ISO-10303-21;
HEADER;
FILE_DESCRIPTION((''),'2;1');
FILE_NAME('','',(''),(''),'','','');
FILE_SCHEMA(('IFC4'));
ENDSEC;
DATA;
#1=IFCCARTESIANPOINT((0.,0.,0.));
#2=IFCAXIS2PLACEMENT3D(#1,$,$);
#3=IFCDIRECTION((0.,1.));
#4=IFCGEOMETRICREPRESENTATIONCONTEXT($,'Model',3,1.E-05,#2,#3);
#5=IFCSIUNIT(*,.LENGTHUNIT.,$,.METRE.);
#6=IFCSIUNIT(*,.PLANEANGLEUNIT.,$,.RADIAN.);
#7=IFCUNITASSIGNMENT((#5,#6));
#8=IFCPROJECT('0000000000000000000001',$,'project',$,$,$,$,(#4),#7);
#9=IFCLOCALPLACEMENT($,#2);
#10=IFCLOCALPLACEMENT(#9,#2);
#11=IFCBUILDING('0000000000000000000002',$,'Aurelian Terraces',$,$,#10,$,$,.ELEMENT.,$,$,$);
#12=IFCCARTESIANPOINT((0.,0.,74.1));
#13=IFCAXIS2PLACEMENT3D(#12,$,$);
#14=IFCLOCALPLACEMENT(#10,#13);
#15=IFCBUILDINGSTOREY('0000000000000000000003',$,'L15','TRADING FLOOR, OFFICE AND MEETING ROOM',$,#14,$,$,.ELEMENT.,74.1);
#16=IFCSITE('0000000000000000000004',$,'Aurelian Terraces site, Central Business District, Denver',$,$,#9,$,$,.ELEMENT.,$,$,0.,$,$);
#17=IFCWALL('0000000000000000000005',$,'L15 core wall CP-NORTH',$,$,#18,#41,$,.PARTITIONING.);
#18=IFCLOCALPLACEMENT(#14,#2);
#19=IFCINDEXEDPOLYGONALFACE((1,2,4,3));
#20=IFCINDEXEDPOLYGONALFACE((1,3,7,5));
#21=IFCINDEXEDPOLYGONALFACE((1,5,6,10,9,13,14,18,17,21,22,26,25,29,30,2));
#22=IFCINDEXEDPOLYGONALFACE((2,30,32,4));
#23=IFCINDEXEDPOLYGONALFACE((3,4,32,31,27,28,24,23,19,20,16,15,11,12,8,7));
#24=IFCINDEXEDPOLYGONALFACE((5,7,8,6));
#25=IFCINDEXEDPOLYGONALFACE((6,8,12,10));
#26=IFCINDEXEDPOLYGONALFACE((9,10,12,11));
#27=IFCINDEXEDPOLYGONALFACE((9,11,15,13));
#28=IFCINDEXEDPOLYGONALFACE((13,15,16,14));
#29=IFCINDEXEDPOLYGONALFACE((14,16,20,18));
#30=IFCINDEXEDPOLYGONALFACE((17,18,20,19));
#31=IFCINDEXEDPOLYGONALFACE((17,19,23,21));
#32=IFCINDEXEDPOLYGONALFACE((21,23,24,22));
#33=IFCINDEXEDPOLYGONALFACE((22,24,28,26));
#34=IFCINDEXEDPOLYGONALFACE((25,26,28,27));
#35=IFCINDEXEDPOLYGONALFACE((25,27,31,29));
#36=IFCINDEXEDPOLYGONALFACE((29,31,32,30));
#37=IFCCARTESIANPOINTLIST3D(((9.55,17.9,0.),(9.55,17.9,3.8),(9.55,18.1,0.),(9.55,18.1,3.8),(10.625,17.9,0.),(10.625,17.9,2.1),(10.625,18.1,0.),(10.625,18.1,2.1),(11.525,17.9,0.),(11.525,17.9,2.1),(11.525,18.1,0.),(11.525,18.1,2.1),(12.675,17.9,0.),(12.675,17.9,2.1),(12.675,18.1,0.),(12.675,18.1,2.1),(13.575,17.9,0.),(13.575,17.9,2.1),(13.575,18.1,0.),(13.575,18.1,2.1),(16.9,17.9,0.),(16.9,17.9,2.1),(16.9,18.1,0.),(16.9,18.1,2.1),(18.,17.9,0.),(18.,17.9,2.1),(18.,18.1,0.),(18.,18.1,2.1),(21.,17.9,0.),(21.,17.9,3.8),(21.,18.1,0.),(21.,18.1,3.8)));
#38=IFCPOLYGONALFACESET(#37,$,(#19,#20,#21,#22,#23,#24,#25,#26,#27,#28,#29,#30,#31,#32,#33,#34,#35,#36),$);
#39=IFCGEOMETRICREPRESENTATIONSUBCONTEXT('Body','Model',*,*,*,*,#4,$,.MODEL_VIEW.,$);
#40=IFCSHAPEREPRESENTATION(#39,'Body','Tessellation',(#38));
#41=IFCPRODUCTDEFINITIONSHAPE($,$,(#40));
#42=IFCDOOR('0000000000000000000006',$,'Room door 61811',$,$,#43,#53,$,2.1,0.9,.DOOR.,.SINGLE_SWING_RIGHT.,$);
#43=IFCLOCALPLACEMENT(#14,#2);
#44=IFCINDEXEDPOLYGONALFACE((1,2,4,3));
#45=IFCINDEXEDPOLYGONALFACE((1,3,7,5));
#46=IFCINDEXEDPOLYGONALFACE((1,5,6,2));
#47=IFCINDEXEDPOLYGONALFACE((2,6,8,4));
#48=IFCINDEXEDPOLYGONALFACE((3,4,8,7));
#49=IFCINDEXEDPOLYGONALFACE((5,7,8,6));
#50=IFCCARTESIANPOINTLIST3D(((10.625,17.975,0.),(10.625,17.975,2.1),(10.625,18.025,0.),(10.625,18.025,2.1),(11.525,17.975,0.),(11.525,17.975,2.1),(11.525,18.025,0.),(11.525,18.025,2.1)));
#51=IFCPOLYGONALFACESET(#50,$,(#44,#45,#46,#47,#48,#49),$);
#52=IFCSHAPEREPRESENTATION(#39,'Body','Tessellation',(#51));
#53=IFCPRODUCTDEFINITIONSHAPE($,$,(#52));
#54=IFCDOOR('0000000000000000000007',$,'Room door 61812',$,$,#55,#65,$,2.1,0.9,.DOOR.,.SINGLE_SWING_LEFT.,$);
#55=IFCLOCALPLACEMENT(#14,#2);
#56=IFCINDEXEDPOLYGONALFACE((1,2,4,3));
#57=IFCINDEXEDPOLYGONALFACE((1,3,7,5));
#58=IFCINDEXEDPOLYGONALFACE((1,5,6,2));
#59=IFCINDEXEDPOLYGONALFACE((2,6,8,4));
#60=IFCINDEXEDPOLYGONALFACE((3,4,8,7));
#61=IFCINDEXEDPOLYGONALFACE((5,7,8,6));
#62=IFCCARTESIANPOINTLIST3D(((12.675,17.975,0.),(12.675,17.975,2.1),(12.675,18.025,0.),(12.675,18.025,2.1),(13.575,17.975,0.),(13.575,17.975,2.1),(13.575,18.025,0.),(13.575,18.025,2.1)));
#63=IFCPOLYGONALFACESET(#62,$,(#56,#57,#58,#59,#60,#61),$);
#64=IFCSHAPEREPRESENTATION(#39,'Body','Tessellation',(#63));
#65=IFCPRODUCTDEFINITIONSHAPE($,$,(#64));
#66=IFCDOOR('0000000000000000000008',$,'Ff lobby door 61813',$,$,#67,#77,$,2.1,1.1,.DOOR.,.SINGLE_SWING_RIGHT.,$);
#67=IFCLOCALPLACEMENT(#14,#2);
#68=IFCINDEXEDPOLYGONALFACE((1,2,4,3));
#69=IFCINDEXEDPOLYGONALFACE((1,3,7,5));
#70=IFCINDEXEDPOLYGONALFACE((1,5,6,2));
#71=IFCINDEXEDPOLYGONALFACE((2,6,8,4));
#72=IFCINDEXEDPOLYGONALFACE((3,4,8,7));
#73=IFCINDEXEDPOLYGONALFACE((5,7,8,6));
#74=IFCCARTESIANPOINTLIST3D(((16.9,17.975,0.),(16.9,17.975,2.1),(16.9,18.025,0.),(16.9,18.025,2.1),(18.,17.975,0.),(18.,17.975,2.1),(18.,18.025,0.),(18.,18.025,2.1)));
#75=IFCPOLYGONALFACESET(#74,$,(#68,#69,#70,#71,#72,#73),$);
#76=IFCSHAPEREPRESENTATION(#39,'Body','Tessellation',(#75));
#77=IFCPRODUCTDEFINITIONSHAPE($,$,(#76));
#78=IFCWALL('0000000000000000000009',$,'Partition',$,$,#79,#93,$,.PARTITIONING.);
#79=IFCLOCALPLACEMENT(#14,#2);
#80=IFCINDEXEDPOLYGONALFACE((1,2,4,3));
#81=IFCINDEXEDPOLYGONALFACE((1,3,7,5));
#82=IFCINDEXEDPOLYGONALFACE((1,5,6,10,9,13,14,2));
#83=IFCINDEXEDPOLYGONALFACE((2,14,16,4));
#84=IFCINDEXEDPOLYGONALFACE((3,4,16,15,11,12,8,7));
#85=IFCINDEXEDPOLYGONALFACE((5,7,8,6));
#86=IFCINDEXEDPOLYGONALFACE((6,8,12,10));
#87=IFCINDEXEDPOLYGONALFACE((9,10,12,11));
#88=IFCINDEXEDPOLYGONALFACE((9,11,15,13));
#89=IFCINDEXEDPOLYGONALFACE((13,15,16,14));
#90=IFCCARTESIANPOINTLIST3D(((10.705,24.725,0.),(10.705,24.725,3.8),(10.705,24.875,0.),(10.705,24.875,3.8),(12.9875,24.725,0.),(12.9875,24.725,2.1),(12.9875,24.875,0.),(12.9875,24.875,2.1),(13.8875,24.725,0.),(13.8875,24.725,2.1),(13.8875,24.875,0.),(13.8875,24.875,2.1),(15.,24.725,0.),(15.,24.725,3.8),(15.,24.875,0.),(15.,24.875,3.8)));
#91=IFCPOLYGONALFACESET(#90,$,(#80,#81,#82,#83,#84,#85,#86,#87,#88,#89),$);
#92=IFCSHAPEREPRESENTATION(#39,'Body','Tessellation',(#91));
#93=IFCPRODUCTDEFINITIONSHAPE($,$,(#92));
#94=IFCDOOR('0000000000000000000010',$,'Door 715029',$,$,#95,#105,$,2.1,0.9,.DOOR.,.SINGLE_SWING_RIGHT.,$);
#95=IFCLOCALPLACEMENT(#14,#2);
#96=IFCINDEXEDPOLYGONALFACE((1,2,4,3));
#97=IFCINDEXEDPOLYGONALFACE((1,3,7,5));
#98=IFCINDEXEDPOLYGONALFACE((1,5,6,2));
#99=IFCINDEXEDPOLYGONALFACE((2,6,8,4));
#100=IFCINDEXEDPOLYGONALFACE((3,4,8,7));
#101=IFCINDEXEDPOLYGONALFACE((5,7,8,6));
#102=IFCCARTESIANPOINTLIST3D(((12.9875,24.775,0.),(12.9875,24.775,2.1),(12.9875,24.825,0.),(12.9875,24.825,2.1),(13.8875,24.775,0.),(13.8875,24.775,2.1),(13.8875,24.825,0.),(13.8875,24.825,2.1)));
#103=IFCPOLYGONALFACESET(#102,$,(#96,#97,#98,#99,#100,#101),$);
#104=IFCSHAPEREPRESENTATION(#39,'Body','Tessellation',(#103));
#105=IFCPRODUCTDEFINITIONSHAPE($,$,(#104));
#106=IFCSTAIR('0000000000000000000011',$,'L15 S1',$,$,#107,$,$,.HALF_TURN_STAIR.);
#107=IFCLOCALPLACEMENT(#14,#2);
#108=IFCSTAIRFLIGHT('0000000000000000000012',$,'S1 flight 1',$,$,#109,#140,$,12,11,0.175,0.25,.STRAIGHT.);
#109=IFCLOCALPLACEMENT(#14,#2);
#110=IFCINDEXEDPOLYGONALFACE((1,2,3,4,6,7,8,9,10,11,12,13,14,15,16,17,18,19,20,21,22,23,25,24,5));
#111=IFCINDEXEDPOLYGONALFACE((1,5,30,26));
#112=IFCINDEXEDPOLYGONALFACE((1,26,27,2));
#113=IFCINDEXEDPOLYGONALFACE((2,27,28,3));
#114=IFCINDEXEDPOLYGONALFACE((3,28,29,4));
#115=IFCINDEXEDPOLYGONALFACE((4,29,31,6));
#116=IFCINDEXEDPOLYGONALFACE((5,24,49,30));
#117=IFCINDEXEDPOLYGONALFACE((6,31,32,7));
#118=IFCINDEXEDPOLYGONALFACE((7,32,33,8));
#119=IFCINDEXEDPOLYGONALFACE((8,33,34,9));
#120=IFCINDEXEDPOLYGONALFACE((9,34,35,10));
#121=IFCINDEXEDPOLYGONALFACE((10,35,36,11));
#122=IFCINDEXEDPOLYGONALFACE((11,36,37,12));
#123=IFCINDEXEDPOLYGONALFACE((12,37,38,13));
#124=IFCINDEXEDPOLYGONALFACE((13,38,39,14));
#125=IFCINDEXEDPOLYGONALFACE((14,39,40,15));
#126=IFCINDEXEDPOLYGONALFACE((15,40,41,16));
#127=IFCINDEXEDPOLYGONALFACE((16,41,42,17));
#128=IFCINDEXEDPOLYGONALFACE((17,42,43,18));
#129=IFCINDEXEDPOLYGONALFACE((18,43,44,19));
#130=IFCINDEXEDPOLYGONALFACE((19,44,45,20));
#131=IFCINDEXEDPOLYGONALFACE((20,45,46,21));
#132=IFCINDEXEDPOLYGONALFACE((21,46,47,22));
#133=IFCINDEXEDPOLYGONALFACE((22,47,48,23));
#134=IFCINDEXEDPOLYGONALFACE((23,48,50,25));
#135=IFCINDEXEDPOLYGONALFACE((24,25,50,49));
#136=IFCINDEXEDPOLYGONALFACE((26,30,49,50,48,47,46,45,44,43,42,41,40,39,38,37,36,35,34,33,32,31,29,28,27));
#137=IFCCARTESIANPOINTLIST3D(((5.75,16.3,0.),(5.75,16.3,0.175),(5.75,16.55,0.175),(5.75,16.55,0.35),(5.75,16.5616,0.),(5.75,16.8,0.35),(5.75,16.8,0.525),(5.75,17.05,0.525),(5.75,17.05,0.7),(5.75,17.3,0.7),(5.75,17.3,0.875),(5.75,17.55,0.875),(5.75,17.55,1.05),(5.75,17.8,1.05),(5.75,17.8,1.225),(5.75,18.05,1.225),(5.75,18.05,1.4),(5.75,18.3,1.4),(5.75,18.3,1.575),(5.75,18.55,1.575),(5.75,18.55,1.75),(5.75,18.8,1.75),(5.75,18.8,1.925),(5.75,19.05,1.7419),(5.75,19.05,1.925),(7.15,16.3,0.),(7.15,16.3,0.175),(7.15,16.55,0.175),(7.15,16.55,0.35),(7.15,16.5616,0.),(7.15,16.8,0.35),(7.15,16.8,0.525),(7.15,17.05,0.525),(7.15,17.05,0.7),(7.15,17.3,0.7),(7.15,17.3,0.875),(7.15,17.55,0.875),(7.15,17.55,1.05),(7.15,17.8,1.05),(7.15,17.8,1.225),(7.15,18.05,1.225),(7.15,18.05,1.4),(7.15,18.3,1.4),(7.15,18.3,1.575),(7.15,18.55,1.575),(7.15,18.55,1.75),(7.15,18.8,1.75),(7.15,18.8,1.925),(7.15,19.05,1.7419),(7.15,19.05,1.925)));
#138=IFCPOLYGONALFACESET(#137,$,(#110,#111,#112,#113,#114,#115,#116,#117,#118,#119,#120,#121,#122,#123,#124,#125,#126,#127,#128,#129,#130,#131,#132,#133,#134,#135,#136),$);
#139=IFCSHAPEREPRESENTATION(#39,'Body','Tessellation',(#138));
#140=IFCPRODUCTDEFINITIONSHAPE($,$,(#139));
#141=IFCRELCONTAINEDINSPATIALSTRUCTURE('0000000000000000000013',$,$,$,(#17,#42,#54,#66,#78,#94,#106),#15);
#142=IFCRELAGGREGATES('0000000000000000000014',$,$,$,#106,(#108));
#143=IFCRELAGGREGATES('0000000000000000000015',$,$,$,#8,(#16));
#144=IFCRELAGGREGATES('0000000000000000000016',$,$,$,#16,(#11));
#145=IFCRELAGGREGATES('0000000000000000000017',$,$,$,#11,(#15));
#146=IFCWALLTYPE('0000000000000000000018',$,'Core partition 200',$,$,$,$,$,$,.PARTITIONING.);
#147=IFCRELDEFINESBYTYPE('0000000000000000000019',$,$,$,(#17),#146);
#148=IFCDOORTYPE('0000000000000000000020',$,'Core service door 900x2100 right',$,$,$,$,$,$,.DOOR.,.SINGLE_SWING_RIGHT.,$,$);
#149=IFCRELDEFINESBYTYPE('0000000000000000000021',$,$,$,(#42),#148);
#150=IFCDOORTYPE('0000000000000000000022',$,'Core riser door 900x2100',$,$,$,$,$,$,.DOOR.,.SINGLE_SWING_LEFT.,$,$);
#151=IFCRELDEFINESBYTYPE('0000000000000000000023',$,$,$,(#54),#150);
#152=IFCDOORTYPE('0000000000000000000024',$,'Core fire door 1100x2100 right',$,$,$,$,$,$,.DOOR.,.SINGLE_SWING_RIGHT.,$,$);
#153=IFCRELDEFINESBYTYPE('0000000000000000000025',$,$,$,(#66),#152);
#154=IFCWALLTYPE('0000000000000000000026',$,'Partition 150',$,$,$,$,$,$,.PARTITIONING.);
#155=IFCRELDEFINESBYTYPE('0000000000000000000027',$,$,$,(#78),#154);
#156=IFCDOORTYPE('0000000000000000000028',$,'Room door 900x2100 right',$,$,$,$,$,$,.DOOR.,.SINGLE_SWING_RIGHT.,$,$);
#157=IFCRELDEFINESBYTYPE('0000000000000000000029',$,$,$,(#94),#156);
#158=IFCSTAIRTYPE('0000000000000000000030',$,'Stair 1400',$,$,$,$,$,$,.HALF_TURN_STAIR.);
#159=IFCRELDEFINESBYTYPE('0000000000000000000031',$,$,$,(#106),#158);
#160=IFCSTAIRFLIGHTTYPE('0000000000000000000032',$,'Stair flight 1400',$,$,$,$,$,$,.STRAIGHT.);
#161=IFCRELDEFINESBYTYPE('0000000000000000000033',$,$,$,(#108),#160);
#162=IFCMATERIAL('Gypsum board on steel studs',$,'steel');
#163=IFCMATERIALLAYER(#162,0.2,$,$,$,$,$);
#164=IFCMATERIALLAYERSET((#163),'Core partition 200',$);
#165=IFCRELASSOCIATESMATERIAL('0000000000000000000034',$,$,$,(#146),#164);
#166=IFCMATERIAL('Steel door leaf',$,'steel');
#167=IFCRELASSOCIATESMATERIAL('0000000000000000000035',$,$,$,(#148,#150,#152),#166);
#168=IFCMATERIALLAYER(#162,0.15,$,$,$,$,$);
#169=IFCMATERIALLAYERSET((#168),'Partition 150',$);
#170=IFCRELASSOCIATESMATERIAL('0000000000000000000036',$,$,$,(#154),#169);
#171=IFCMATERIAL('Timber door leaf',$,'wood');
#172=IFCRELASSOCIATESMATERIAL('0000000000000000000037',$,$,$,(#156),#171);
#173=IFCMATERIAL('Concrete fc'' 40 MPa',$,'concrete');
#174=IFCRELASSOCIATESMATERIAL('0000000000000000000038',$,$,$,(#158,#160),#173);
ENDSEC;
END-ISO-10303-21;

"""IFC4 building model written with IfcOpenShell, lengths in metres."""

from ifc_helpers import new_model, si_unit, direction, frame, frame_2d, origin, place, context, subcontext, project, spatial, polyline, rectangle, outline, extrude, source, transform, mapped, material, layer, layer_set, type_object, element, fill, aggregate, save


model = new_model("IFC4")

# Units and contexts
model_context = context("Model", 3, precision=1e-05, world=origin(), true_north=direction((0.0, 1.0)))
body_context = subcontext(model_context, "Body", "Model", "MODEL_VIEW")
ifc_project = project(units=[si_unit("LENGTHUNIT", "METRE"), si_unit("PLANEANGLEUNIT", "RADIAN")], contexts=[model_context])

# Site, building, storey
site_placement = place(None, origin())
site = spatial("IfcSite", under=ifc_project, at=site_placement, Name="Aurelian Terraces site, Central Business District, Denver", CompositionType="ELEMENT", RefElevation=0.0)
building_placement = place(site_placement, origin())
building = spatial("IfcBuilding", under=site, at=building_placement, Name="Aurelian Terraces", CompositionType="ELEMENT")
storey_placement = place(building_placement, frame((0.0, 0.0, 74.1)))
storey = spatial("IfcBuildingStorey", under=building, at=storey_placement, Name="L15", Description="TRADING FLOOR, OFFICE AND MEETING ROOM", CompositionType="ELEMENT", Elevation=74.1)

# Shared definitions
ifc_material_1 = material(Name="Concrete fc' 40 MPa", Category="concrete")
ifc_material_2 = material(Name="Gypsum board on steel studs", Category="steel")
ifc_layer_1 = layer(ifc_material_2, 0.2)
ifc_layer_set_1 = layer_set([ifc_layer_1], Name="Core partition 200")
wall_type_1 = type_object("IfcWallType", Name="Core partition 200", PredefinedType="PARTITIONING", material=ifc_layer_set_1)

# Shared definitions
ifc_material_3 = material(Name="Steel door leaf", Category="steel")
shared_shape_1 = source(origin(), body_context, "Body", "SweptSolid", [
    extrude(rectangle(XDim=1.1, YDim=2.1, at=frame_2d((0.55, 1.05))), frame((0.0, 0.025, 0.0), z_axis=(0.0, -1.0, 0.0), x_axis=(1.0, 0.0, 0.0)), (0.0, 0.0, 1.0), 0.05),
])

# Wall, openings, doors
shared_shape_2 = source(origin(), body_context, "Body", "SweptSolid", [
    extrude(rectangle(XDim=11.45, YDim=0.2, at=frame_2d((5.725, 0.0))), origin(), (0.0, 0.0, 1.0), 3.8),
])
wall_1_placement = place(storey_placement, frame((9.55, 18.0, 0.0), z_axis=(0.0, 0.0, 1.0), x_axis=(1.0, 0.0, 0.0)))
wall_1 = element("IfcWall", 1, at=wall_1_placement, inside=storey, type_object=wall_type_1, Name="L15 core wall CP-NORTH", PredefinedType="PARTITIONING", context=body_context, shape_type="MappedRepresentation", body=[
    mapped(shared_shape_2, transform((0.0, 0.0, 0.0), scale=1.0)),
])
shared_shape_3 = source(origin(), body_context, "Body", "SweptSolid", [
    extrude(rectangle(XDim=0.9, YDim=2.1, at=frame_2d((0.45, 1.05))), frame((0.0, 0.11, 0.0), z_axis=(0.0, -1.0, 0.0), x_axis=(1.0, 0.0, 0.0)), (0.0, 0.0, 1.0), 0.22),
])
opening_1_placement = place(wall_1_placement, frame((1.075, 0.0, 0.0)))
opening_1 = element("IfcOpeningElement", 2, at=opening_1_placement, cuts=wall_1, PredefinedType="OPENING", context=body_context, shape_type="MappedRepresentation", body=[
    mapped(shared_shape_3, transform((0.0, 0.0, 0.0), scale=1.0)),
])
opening_2_placement = place(wall_1_placement, frame((3.125, 0.0, 0.0)))
opening_2 = element("IfcOpeningElement", 3, at=opening_2_placement, cuts=wall_1, PredefinedType="OPENING", context=body_context, shape_type="MappedRepresentation", body=[
    mapped(shared_shape_3, transform((0.0, 0.0, 0.0), scale=1.0)),
])
shared_shape_4 = source(origin(), body_context, "Body", "SweptSolid", [
    extrude(rectangle(XDim=1.1, YDim=2.1, at=frame_2d((0.55, 1.05))), frame((0.0, 0.11, 0.0), z_axis=(0.0, -1.0, 0.0), x_axis=(1.0, 0.0, 0.0)), (0.0, 0.0, 1.0), 0.22),
])
opening_3_placement = place(wall_1_placement, frame((7.35, 0.0, 0.0)))
opening_3 = element("IfcOpeningElement", 4, at=opening_3_placement, cuts=wall_1, PredefinedType="OPENING", context=body_context, shape_type="MappedRepresentation", body=[
    mapped(shared_shape_4, transform((0.0, 0.0, 0.0), scale=1.0)),
])
door_type_1 = type_object("IfcDoorType", Name="Core service door 900x2100 right", OperationType="SINGLE_SWING_RIGHT", PredefinedType="DOOR", material=ifc_material_3)
shared_shape_5 = source(origin(), body_context, "Body", "SweptSolid", [
    extrude(rectangle(XDim=0.9, YDim=2.1, at=frame_2d((0.45, 1.05))), frame((0.0, 0.025, 0.0), z_axis=(0.0, -1.0, 0.0), x_axis=(1.0, 0.0, 0.0)), (0.0, 0.0, 1.0), 0.05),
])
door_1_placement = place(opening_1_placement, origin())
door_1 = element("IfcDoor", 5, at=door_1_placement, inside=storey, type_object=door_type_1, Name="Room door 61811", OperationType="SINGLE_SWING_RIGHT", OverallHeight=2.1, OverallWidth=0.9, PredefinedType="DOOR", context=body_context, shape_type="MappedRepresentation", body=[
    mapped(shared_shape_5, transform((0.0, 0.0, 0.0), scale=1.0)),
])
fill(opening_1, door_1)
door_type_2 = type_object("IfcDoorType", Name="Core riser door 900x2100", OperationType="SINGLE_SWING_LEFT", PredefinedType="DOOR", material=ifc_material_3)
door_2_placement = place(opening_2_placement, origin())
door_2 = element("IfcDoor", 6, at=door_2_placement, inside=storey, type_object=door_type_2, Name="Room door 61812", OperationType="SINGLE_SWING_LEFT", OverallHeight=2.1, OverallWidth=0.9, PredefinedType="DOOR", context=body_context, shape_type="MappedRepresentation", body=[
    mapped(shared_shape_5, transform((0.0, 0.0, 0.0), scale=1.0)),
])
fill(opening_2, door_2)
door_type_3 = type_object("IfcDoorType", Name="Core fire door 1100x2100 right", OperationType="SINGLE_SWING_RIGHT", PredefinedType="DOOR", material=ifc_material_3)
door_3_placement = place(opening_3_placement, origin())
door_3 = element("IfcDoor", 7, at=door_3_placement, inside=storey, type_object=door_type_3, Name="Ff lobby door 61813", OperationType="SINGLE_SWING_RIGHT", OverallHeight=2.1, OverallWidth=1.1, PredefinedType="DOOR", context=body_context, shape_type="MappedRepresentation", body=[
    mapped(shared_shape_1, transform((0.0, 0.0, 0.0), scale=1.0)),
])
fill(opening_3, door_3)

# Wall, opening, door
ifc_layer_2 = layer(ifc_material_2, 0.15)
ifc_layer_set_2 = layer_set([ifc_layer_2], Name="Partition 150")
wall_type_2 = type_object("IfcWallType", Name="Partition 150", PredefinedType="PARTITIONING", material=ifc_layer_set_2)
shared_shape_6 = source(origin(), body_context, "Body", "SweptSolid", [
    extrude(rectangle(XDim=4.295, YDim=0.15, at=frame_2d((2.1475, 0.0))), origin(), (0.0, 0.0, 1.0), 3.8),
])
wall_2_placement = place(storey_placement, frame((10.705, 24.8, 0.0), z_axis=(0.0, 0.0, 1.0), x_axis=(1.0, 0.0, 0.0)))
wall_2 = element("IfcWall", 8, at=wall_2_placement, inside=storey, type_object=wall_type_2, Name="Partition", PredefinedType="PARTITIONING", context=body_context, shape_type="MappedRepresentation", body=[
    mapped(shared_shape_6, transform((0.0, 0.0, 0.0), scale=1.0)),
])
shared_shape_7 = source(origin(), body_context, "Body", "SweptSolid", [
    extrude(rectangle(XDim=0.9, YDim=2.1, at=frame_2d((0.45, 1.05))), frame((0.0, 0.085, 0.0), z_axis=(0.0, -1.0, 0.0), x_axis=(1.0, 0.0, 0.0)), (0.0, 0.0, 1.0), 0.17),
])
opening_4_placement = place(wall_2_placement, frame((2.2825, 0.0, 0.0)))
opening_4 = element("IfcOpeningElement", 9, at=opening_4_placement, cuts=wall_2, PredefinedType="OPENING", context=body_context, shape_type="MappedRepresentation", body=[
    mapped(shared_shape_7, transform((0.0, 0.0, 0.0), scale=1.0)),
])
ifc_material_4 = material(Name="Timber door leaf", Category="wood")
door_type_4 = type_object("IfcDoorType", Name="Room door 900x2100 right", OperationType="SINGLE_SWING_RIGHT", PredefinedType="DOOR", material=ifc_material_4)
door_4_placement = place(opening_4_placement, origin())
door_4 = element("IfcDoor", 10, at=door_4_placement, inside=storey, type_object=door_type_4, Name="Door 715029", OperationType="SINGLE_SWING_RIGHT", OverallHeight=2.1, OverallWidth=0.9, PredefinedType="DOOR", context=body_context, shape_type="MappedRepresentation", body=[
    mapped(shared_shape_5, transform((0.0, 0.0, 0.0), scale=1.0)),
])
fill(opening_4, door_4)

# Stair, stair flight
stair_type = type_object("IfcStairType", Name="Stair 1400", PredefinedType="HALF_TURN_STAIR", material=ifc_material_1)
stair_placement = place(storey_placement, origin())
stair = element("IfcStair", 11, at=stair_placement, inside=storey, type_object=stair_type, Name="L15 S1", PredefinedType="HALF_TURN_STAIR")
stair_flight_type = type_object("IfcStairFlightType", Name="Stair flight 1400", PredefinedType="STRAIGHT", material=ifc_material_1)
shared_shape_8 = source(origin(), body_context, "Body", "SweptSolid", [
    extrude(outline(polyline([(0.0, 0.0), (0.0, 0.175), (0.25, 0.175), (0.25, 0.35), (0.5, 0.35), (0.5, 0.525), (0.75, 0.525), (0.75, 0.7), (1.0, 0.7), (1.0, 0.875), (1.25, 0.875), (1.25, 1.05), (1.5, 1.05), (1.5, 1.225), (1.75, 1.225), (1.75, 1.4), (2.0, 1.4), (2.0, 1.575), (2.25, 1.575), (2.25, 1.75), (2.5, 1.75), (2.5, 1.925), (2.75, 1.925), (2.75, 2.1), (2.75, 1.7419), (0.2616, 0.0), (0.0, 0.0)])), frame((0.0, 0.7, 0.0), z_axis=(0.0, -1.0, 0.0), x_axis=(1.0, 0.0, 0.0)), (0.0, 0.0, 1.0), 1.4),
])
stair_flight_1_placement = place(storey_placement, frame((6.45, 16.3, 0.0), z_axis=(0.0, 0.0, 1.0), x_axis=(0.0, 1.0, 0.0)))
stair_flight_1 = element("IfcStairFlight", 12, at=stair_flight_1_placement, type_object=stair_flight_type, Name="S1 flight 1", NumberOfRisers=12, NumberOfTreads=11, PredefinedType="STRAIGHT", RiserHeight=0.175, TreadLength=0.25, context=body_context, shape_type="MappedRepresentation", body=[
    mapped(shared_shape_8, transform((0.0, 0.0, 0.0), scale=1.0)),
])
aggregate(stair, [stair_flight_1])

save(model, "model.ifc")
